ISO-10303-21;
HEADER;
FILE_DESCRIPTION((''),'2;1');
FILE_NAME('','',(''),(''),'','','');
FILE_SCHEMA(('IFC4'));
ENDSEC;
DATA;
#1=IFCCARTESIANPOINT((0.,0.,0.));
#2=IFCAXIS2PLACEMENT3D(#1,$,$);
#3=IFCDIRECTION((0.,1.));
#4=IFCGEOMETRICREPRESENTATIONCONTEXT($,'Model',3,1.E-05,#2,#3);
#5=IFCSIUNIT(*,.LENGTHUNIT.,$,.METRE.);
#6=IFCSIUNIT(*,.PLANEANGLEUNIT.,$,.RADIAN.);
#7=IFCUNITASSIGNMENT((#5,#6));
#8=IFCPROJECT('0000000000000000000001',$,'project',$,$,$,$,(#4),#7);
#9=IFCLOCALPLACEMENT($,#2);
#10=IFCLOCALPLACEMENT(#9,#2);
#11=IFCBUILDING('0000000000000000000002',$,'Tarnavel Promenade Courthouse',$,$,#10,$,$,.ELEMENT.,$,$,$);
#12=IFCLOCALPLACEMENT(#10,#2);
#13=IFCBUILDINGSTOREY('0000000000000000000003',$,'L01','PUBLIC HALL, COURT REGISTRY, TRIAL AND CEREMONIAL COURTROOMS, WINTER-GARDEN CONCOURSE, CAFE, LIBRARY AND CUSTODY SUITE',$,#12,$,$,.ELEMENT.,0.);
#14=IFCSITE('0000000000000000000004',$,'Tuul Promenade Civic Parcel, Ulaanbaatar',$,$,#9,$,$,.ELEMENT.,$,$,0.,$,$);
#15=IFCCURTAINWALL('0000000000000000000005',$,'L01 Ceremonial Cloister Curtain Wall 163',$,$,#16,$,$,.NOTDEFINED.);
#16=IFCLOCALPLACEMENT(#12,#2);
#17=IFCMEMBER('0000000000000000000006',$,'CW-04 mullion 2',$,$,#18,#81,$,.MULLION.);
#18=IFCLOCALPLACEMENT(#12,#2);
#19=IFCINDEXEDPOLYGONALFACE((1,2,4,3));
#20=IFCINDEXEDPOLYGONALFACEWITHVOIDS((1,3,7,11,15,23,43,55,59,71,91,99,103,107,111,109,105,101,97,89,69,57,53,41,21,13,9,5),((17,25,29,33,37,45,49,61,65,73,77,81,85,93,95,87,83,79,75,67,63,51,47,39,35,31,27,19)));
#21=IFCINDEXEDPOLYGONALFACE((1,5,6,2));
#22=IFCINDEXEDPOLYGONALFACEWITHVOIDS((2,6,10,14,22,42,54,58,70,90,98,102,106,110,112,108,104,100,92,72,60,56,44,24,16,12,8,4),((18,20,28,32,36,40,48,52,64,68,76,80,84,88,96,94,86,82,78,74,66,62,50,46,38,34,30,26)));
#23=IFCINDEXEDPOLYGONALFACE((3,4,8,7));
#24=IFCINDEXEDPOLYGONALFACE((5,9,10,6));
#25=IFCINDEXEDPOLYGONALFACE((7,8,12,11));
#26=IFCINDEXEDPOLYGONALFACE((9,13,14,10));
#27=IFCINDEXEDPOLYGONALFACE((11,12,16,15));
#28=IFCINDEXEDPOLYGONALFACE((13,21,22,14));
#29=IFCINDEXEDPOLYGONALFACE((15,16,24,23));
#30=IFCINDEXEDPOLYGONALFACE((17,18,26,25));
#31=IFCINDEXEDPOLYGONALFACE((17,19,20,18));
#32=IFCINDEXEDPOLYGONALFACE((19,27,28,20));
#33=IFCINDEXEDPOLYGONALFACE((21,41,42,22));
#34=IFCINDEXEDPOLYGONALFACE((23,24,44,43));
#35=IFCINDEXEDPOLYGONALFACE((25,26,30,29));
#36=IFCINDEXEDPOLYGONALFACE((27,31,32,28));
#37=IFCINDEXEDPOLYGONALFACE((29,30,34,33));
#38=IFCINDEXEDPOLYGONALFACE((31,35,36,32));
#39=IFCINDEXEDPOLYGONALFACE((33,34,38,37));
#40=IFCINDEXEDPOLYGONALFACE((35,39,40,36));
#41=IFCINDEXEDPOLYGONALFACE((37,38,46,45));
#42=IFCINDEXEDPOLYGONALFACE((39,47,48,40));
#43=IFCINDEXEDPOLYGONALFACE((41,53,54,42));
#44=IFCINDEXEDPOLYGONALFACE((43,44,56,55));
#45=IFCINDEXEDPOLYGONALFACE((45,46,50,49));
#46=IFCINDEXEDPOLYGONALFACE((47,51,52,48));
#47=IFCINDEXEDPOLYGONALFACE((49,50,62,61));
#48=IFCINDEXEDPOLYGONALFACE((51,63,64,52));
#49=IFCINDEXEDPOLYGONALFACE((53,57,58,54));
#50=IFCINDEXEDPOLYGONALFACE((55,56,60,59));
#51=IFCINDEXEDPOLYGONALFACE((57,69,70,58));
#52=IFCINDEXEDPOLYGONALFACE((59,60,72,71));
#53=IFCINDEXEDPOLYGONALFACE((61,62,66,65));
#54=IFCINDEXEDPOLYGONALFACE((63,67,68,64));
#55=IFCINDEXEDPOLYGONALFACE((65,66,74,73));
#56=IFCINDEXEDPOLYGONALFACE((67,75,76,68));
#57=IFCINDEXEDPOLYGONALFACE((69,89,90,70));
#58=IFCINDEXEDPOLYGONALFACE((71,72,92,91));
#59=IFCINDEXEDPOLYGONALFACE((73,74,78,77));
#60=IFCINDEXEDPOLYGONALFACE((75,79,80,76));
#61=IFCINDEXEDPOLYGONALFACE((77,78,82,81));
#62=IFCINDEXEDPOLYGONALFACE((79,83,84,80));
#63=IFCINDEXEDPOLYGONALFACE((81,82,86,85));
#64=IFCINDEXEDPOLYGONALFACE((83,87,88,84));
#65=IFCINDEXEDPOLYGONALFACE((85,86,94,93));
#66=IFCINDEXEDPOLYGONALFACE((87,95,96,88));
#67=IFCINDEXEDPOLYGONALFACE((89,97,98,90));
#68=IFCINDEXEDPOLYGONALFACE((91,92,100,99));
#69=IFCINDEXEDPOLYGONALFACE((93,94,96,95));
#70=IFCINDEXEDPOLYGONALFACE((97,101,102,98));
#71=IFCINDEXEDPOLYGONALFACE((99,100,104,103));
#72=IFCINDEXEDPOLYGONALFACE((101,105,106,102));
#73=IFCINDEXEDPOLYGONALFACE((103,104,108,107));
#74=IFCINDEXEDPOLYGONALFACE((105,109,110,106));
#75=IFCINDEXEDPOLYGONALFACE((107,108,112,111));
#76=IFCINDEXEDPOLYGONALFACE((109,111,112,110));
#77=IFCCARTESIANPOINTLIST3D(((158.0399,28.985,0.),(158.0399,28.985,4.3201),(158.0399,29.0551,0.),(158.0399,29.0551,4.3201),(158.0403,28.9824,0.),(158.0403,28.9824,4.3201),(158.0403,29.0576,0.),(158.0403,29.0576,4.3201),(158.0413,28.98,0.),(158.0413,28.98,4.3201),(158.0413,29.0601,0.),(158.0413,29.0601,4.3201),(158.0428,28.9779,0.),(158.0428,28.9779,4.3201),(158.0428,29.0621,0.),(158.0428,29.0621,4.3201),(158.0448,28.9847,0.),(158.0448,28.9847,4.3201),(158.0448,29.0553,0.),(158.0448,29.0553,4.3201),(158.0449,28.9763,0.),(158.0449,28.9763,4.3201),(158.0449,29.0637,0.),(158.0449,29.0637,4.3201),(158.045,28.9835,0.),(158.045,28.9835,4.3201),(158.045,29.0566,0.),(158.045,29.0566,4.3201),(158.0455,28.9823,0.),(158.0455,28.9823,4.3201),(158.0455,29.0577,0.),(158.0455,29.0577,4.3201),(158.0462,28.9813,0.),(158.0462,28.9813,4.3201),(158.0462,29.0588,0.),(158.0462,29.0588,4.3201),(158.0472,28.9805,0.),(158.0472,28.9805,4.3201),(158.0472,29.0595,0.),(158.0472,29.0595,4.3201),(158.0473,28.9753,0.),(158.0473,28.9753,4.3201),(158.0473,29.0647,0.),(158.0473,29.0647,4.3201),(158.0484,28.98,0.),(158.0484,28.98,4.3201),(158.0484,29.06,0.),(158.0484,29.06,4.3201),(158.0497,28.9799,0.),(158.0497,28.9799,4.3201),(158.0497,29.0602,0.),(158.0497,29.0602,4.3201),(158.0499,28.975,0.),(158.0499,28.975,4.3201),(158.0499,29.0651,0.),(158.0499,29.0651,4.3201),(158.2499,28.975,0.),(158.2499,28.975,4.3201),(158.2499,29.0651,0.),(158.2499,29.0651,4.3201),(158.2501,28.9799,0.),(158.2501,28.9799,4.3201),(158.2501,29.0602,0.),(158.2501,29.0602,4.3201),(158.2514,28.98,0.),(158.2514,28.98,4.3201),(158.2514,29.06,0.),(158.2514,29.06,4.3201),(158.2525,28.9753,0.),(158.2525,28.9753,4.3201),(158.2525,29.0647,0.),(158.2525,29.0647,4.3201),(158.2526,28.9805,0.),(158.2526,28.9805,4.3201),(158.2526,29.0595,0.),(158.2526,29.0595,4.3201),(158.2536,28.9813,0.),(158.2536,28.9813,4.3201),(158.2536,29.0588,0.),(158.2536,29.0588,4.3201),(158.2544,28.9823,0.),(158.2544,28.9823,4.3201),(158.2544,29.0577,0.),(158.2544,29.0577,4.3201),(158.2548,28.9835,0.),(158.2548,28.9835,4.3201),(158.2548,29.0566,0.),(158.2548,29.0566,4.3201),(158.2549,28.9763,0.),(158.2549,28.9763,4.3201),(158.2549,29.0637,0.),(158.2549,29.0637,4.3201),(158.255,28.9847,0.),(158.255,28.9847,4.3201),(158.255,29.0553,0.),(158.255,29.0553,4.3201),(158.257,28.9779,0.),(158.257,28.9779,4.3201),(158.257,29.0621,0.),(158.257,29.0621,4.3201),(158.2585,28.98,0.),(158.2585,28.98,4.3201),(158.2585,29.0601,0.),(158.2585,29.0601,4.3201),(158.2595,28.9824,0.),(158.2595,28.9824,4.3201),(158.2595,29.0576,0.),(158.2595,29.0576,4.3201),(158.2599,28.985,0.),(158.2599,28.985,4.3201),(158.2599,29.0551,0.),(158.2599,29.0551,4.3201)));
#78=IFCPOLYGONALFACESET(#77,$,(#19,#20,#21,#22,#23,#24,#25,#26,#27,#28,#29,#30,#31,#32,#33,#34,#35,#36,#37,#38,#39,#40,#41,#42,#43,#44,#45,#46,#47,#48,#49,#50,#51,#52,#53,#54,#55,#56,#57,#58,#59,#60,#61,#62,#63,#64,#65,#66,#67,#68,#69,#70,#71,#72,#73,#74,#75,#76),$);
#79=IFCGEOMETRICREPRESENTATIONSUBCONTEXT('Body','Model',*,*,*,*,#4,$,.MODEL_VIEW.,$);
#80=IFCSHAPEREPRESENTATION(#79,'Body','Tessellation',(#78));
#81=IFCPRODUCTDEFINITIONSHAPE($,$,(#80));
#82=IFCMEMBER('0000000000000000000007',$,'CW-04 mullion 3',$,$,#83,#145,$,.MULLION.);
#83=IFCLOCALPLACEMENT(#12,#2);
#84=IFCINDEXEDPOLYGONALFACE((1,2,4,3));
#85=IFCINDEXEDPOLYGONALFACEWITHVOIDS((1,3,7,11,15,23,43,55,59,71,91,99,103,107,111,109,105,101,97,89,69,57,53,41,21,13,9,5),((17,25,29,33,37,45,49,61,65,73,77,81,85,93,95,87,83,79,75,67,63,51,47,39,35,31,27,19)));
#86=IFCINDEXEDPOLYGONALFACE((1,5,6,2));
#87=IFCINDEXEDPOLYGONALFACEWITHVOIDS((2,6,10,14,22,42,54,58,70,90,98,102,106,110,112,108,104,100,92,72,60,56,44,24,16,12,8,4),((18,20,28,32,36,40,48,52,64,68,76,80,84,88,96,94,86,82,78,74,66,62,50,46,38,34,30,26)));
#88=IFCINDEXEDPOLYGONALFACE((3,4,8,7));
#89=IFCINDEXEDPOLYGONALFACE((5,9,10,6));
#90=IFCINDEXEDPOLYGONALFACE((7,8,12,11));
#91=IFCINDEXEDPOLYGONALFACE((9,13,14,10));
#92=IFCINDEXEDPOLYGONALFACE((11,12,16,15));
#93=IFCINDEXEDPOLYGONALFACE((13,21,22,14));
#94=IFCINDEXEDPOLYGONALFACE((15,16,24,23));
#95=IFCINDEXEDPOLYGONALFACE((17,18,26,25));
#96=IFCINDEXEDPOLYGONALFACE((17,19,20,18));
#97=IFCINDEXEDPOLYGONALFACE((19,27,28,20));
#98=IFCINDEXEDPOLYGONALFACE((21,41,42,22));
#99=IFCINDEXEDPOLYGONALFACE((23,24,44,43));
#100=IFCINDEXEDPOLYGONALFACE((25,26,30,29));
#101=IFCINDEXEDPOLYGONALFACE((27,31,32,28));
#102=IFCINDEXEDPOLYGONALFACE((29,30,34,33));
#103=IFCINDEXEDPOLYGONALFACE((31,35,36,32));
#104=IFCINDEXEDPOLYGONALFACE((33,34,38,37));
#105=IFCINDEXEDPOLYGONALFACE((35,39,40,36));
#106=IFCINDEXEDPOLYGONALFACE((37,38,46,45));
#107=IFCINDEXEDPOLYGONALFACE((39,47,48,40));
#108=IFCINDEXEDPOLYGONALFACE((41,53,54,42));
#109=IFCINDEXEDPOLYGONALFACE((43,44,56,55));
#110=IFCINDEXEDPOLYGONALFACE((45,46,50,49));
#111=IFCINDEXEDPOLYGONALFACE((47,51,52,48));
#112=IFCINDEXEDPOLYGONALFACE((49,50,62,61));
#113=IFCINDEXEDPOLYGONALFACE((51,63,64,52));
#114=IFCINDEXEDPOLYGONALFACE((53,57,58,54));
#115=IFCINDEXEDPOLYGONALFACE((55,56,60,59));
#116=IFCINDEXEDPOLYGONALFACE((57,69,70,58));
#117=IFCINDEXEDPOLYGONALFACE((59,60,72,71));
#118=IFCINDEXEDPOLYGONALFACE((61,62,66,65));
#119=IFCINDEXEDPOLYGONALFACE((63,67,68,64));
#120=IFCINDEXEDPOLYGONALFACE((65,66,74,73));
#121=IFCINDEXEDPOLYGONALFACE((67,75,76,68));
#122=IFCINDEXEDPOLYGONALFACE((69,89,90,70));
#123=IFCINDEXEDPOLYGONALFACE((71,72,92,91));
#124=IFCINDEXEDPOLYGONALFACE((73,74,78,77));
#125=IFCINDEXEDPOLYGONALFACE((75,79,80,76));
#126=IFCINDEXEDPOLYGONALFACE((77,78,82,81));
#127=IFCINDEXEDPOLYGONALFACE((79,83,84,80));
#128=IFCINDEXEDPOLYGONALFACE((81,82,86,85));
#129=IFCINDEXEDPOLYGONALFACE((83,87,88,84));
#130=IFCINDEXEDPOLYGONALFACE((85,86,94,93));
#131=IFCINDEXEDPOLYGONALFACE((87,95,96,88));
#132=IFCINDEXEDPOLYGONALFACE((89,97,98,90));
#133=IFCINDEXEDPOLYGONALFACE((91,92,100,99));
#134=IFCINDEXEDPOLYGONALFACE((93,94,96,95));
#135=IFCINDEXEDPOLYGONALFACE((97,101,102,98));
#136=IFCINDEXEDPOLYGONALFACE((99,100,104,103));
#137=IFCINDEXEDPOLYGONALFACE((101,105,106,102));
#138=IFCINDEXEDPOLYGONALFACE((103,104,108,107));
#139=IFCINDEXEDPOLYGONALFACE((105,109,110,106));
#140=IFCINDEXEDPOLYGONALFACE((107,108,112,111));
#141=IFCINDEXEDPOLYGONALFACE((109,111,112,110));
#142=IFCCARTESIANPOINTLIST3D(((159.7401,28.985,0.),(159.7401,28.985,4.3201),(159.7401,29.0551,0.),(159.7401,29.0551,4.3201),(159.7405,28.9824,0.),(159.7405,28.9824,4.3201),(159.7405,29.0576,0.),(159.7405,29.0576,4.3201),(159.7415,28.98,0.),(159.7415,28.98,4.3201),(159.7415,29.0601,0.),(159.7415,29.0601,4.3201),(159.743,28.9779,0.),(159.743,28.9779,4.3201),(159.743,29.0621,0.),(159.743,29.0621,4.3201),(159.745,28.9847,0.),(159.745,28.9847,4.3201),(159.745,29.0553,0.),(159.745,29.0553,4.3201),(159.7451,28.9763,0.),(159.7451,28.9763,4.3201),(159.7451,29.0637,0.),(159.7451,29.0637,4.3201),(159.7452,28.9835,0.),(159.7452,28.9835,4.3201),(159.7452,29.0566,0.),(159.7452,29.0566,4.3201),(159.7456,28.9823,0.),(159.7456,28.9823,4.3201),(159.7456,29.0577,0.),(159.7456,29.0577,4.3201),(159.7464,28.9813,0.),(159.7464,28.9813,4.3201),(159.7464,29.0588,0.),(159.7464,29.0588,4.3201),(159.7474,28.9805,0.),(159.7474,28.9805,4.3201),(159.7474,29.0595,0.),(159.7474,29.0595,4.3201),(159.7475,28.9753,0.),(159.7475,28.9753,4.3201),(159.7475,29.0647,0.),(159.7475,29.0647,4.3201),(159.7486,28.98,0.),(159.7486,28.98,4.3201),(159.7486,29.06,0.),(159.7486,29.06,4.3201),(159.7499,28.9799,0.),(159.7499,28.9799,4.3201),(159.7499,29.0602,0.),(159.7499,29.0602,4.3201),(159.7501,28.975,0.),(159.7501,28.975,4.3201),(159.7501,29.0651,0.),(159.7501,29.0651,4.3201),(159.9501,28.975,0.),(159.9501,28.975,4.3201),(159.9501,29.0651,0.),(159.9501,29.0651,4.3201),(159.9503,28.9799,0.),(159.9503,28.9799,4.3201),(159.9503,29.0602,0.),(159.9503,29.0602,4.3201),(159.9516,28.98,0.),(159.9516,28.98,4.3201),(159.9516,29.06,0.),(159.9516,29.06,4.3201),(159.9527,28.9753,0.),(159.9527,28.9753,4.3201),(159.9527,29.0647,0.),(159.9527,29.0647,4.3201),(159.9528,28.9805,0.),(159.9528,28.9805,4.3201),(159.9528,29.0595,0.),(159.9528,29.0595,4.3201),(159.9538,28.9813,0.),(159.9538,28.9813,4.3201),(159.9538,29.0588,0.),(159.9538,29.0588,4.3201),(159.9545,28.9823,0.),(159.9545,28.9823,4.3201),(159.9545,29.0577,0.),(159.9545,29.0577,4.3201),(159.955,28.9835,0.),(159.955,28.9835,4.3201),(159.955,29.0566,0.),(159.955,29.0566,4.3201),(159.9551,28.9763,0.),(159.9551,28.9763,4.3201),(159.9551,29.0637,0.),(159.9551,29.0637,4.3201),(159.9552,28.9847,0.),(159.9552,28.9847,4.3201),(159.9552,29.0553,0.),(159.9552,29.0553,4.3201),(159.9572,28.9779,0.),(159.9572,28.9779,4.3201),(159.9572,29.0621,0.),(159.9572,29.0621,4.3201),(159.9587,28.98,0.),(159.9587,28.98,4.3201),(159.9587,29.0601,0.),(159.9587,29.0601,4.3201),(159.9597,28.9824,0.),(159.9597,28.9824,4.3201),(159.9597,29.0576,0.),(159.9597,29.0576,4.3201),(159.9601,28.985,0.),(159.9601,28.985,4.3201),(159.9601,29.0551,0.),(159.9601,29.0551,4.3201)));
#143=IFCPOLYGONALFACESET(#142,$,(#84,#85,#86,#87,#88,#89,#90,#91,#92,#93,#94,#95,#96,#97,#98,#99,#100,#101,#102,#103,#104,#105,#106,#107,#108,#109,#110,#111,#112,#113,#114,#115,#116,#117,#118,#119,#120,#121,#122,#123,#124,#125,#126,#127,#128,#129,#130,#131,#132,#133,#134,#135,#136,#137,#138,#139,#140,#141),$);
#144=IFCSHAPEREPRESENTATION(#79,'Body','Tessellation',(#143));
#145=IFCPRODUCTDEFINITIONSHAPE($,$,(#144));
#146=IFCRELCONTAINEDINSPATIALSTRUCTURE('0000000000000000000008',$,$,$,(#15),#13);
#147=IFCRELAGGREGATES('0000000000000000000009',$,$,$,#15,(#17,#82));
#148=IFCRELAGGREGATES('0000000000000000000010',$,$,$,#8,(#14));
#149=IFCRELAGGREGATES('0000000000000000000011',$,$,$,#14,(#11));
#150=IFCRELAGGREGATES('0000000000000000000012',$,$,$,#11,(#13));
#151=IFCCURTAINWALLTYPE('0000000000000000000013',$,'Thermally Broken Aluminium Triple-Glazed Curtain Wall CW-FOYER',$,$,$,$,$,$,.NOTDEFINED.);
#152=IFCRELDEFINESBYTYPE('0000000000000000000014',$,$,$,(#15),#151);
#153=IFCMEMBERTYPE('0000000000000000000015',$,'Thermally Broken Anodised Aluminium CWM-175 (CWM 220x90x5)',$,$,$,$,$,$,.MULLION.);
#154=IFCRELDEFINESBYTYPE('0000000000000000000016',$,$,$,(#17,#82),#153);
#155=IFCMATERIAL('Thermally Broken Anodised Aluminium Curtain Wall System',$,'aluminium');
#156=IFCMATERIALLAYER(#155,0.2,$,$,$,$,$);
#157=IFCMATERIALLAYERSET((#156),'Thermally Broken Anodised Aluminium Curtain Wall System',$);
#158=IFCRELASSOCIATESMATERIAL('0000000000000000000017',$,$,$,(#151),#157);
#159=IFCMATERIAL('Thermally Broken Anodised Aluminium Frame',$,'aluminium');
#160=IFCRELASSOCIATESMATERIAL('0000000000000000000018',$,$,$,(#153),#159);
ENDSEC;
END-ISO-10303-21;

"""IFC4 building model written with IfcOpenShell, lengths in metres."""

from ifc_helpers import new_model, si_unit, direction, frame, origin, origin_2d, place, context, subcontext, project, spatial, hollow_rectangle, extrude, material, layer, layer_set, material_profile, profile_set, type_object, element, aggregate, save


model = new_model("IFC4")

# Units and contexts
model_context = context("Model", 3, precision=1e-05, world=origin(), true_north=direction((0.0, 1.0)))
body_context = subcontext(model_context, "Body", "Model", "MODEL_VIEW")
ifc_project = project(units=[si_unit("LENGTHUNIT", "METRE"), si_unit("PLANEANGLEUNIT", "RADIAN")], contexts=[model_context])

# Site, building, storey
site_placement = place(None, origin())
site = spatial("IfcSite", under=ifc_project, at=site_placement, Name="Tuul Promenade Civic Parcel, Ulaanbaatar", CompositionType="ELEMENT", RefElevation=0.0)
building_placement = place(site_placement, origin())
building = spatial("IfcBuilding", under=site, at=building_placement, Name="Tarnavel Promenade Courthouse", CompositionType="ELEMENT")
storey_placement = place(building_placement, origin())
storey = spatial("IfcBuildingStorey", under=building, at=storey_placement, Name="L01", Description="PUBLIC HALL, COURT REGISTRY, TRIAL AND CEREMONIAL COURTROOMS, WINTER-GARDEN CONCOURSE, CAFE, LIBRARY AND CUSTODY SUITE", CompositionType="ELEMENT", Elevation=0.0)

# Shared definitions
ifc_material_1 = material(Name="Thermally Broken Anodised Aluminium Curtain Wall System", Category="aluminium")
ifc_layer_1 = layer(ifc_material_1, 0.2)
ifc_layer_set_1 = layer_set([ifc_layer_1], Name="Thermally Broken Anodised Aluminium Curtain Wall System")
curtain_wall_type = type_object("IfcCurtainWallType", Name="Thermally Broken Aluminium Triple-Glazed Curtain Wall CW-FOYER", PredefinedType="NOTDEFINED", material=ifc_layer_set_1)
ifc_material_2 = material(Name="Thermally Broken Anodised Aluminium Frame", Category="aluminium")
ifc_material_profile_1 = material_profile(ifc_material_2, hollow_rectangle(XDim=0.0901, YDim=0.22, WallThickness=0.0049, InnerFilletRadius=0.0049, OuterFilletRadius=0.01, at=origin_2d()), Name="CWM 220x90x5")
ifc_profile_set_1 = profile_set([ifc_material_profile_1], Name="Thermally Broken Anodised Aluminium Frame")
member_type_1 = type_object("IfcMemberType", Name="Thermally Broken Anodised Aluminium CWM-175 (CWM 220x90x5)", PredefinedType="MULLION", material=ifc_profile_set_1)

# Curtain wall, members
curtain_wall_1_placement = place(storey_placement, origin())
curtain_wall_1 = element("IfcCurtainWall", 1, at=curtain_wall_1_placement, inside=storey, type_object=curtain_wall_type, Name="L01 Ceremonial Cloister Curtain Wall 163", PredefinedType="NOTDEFINED")
member_1_placement = place(storey_placement, frame((158.1499, 29.02, 0.0), z_axis=(0.0, 0.0, 1.0), x_axis=(0.0, 1.0, 0.0)))
member_1 = element("IfcMember", 2, at=member_1_placement, type_object=member_type_1, Name="CW-04 mullion 2", PredefinedType="MULLION", context=body_context, shape_type="SweptSolid", body=[
    extrude(hollow_rectangle(XDim=0.0901, YDim=0.22, WallThickness=0.0049, InnerFilletRadius=0.0049, OuterFilletRadius=0.01, at=origin_2d()), origin(), (0.0, 0.0, 1.0), 4.3201),
])
member_2_placement = place(storey_placement, frame((159.8501, 29.02, 0.0), z_axis=(0.0, 0.0, 1.0), x_axis=(0.0, 1.0, 0.0)))
member_2 = element("IfcMember", 3, at=member_2_placement, type_object=member_type_1, Name="CW-04 mullion 3", PredefinedType="MULLION", context=body_context, shape_type="SweptSolid", body=[
    extrude(hollow_rectangle(XDim=0.0901, YDim=0.22, WallThickness=0.0049, InnerFilletRadius=0.0049, OuterFilletRadius=0.01, at=origin_2d()), origin(), (0.0, 0.0, 1.0), 4.3201),
])
aggregate(curtain_wall_1, [member_1, member_2])

save(model, "model.ifc")
